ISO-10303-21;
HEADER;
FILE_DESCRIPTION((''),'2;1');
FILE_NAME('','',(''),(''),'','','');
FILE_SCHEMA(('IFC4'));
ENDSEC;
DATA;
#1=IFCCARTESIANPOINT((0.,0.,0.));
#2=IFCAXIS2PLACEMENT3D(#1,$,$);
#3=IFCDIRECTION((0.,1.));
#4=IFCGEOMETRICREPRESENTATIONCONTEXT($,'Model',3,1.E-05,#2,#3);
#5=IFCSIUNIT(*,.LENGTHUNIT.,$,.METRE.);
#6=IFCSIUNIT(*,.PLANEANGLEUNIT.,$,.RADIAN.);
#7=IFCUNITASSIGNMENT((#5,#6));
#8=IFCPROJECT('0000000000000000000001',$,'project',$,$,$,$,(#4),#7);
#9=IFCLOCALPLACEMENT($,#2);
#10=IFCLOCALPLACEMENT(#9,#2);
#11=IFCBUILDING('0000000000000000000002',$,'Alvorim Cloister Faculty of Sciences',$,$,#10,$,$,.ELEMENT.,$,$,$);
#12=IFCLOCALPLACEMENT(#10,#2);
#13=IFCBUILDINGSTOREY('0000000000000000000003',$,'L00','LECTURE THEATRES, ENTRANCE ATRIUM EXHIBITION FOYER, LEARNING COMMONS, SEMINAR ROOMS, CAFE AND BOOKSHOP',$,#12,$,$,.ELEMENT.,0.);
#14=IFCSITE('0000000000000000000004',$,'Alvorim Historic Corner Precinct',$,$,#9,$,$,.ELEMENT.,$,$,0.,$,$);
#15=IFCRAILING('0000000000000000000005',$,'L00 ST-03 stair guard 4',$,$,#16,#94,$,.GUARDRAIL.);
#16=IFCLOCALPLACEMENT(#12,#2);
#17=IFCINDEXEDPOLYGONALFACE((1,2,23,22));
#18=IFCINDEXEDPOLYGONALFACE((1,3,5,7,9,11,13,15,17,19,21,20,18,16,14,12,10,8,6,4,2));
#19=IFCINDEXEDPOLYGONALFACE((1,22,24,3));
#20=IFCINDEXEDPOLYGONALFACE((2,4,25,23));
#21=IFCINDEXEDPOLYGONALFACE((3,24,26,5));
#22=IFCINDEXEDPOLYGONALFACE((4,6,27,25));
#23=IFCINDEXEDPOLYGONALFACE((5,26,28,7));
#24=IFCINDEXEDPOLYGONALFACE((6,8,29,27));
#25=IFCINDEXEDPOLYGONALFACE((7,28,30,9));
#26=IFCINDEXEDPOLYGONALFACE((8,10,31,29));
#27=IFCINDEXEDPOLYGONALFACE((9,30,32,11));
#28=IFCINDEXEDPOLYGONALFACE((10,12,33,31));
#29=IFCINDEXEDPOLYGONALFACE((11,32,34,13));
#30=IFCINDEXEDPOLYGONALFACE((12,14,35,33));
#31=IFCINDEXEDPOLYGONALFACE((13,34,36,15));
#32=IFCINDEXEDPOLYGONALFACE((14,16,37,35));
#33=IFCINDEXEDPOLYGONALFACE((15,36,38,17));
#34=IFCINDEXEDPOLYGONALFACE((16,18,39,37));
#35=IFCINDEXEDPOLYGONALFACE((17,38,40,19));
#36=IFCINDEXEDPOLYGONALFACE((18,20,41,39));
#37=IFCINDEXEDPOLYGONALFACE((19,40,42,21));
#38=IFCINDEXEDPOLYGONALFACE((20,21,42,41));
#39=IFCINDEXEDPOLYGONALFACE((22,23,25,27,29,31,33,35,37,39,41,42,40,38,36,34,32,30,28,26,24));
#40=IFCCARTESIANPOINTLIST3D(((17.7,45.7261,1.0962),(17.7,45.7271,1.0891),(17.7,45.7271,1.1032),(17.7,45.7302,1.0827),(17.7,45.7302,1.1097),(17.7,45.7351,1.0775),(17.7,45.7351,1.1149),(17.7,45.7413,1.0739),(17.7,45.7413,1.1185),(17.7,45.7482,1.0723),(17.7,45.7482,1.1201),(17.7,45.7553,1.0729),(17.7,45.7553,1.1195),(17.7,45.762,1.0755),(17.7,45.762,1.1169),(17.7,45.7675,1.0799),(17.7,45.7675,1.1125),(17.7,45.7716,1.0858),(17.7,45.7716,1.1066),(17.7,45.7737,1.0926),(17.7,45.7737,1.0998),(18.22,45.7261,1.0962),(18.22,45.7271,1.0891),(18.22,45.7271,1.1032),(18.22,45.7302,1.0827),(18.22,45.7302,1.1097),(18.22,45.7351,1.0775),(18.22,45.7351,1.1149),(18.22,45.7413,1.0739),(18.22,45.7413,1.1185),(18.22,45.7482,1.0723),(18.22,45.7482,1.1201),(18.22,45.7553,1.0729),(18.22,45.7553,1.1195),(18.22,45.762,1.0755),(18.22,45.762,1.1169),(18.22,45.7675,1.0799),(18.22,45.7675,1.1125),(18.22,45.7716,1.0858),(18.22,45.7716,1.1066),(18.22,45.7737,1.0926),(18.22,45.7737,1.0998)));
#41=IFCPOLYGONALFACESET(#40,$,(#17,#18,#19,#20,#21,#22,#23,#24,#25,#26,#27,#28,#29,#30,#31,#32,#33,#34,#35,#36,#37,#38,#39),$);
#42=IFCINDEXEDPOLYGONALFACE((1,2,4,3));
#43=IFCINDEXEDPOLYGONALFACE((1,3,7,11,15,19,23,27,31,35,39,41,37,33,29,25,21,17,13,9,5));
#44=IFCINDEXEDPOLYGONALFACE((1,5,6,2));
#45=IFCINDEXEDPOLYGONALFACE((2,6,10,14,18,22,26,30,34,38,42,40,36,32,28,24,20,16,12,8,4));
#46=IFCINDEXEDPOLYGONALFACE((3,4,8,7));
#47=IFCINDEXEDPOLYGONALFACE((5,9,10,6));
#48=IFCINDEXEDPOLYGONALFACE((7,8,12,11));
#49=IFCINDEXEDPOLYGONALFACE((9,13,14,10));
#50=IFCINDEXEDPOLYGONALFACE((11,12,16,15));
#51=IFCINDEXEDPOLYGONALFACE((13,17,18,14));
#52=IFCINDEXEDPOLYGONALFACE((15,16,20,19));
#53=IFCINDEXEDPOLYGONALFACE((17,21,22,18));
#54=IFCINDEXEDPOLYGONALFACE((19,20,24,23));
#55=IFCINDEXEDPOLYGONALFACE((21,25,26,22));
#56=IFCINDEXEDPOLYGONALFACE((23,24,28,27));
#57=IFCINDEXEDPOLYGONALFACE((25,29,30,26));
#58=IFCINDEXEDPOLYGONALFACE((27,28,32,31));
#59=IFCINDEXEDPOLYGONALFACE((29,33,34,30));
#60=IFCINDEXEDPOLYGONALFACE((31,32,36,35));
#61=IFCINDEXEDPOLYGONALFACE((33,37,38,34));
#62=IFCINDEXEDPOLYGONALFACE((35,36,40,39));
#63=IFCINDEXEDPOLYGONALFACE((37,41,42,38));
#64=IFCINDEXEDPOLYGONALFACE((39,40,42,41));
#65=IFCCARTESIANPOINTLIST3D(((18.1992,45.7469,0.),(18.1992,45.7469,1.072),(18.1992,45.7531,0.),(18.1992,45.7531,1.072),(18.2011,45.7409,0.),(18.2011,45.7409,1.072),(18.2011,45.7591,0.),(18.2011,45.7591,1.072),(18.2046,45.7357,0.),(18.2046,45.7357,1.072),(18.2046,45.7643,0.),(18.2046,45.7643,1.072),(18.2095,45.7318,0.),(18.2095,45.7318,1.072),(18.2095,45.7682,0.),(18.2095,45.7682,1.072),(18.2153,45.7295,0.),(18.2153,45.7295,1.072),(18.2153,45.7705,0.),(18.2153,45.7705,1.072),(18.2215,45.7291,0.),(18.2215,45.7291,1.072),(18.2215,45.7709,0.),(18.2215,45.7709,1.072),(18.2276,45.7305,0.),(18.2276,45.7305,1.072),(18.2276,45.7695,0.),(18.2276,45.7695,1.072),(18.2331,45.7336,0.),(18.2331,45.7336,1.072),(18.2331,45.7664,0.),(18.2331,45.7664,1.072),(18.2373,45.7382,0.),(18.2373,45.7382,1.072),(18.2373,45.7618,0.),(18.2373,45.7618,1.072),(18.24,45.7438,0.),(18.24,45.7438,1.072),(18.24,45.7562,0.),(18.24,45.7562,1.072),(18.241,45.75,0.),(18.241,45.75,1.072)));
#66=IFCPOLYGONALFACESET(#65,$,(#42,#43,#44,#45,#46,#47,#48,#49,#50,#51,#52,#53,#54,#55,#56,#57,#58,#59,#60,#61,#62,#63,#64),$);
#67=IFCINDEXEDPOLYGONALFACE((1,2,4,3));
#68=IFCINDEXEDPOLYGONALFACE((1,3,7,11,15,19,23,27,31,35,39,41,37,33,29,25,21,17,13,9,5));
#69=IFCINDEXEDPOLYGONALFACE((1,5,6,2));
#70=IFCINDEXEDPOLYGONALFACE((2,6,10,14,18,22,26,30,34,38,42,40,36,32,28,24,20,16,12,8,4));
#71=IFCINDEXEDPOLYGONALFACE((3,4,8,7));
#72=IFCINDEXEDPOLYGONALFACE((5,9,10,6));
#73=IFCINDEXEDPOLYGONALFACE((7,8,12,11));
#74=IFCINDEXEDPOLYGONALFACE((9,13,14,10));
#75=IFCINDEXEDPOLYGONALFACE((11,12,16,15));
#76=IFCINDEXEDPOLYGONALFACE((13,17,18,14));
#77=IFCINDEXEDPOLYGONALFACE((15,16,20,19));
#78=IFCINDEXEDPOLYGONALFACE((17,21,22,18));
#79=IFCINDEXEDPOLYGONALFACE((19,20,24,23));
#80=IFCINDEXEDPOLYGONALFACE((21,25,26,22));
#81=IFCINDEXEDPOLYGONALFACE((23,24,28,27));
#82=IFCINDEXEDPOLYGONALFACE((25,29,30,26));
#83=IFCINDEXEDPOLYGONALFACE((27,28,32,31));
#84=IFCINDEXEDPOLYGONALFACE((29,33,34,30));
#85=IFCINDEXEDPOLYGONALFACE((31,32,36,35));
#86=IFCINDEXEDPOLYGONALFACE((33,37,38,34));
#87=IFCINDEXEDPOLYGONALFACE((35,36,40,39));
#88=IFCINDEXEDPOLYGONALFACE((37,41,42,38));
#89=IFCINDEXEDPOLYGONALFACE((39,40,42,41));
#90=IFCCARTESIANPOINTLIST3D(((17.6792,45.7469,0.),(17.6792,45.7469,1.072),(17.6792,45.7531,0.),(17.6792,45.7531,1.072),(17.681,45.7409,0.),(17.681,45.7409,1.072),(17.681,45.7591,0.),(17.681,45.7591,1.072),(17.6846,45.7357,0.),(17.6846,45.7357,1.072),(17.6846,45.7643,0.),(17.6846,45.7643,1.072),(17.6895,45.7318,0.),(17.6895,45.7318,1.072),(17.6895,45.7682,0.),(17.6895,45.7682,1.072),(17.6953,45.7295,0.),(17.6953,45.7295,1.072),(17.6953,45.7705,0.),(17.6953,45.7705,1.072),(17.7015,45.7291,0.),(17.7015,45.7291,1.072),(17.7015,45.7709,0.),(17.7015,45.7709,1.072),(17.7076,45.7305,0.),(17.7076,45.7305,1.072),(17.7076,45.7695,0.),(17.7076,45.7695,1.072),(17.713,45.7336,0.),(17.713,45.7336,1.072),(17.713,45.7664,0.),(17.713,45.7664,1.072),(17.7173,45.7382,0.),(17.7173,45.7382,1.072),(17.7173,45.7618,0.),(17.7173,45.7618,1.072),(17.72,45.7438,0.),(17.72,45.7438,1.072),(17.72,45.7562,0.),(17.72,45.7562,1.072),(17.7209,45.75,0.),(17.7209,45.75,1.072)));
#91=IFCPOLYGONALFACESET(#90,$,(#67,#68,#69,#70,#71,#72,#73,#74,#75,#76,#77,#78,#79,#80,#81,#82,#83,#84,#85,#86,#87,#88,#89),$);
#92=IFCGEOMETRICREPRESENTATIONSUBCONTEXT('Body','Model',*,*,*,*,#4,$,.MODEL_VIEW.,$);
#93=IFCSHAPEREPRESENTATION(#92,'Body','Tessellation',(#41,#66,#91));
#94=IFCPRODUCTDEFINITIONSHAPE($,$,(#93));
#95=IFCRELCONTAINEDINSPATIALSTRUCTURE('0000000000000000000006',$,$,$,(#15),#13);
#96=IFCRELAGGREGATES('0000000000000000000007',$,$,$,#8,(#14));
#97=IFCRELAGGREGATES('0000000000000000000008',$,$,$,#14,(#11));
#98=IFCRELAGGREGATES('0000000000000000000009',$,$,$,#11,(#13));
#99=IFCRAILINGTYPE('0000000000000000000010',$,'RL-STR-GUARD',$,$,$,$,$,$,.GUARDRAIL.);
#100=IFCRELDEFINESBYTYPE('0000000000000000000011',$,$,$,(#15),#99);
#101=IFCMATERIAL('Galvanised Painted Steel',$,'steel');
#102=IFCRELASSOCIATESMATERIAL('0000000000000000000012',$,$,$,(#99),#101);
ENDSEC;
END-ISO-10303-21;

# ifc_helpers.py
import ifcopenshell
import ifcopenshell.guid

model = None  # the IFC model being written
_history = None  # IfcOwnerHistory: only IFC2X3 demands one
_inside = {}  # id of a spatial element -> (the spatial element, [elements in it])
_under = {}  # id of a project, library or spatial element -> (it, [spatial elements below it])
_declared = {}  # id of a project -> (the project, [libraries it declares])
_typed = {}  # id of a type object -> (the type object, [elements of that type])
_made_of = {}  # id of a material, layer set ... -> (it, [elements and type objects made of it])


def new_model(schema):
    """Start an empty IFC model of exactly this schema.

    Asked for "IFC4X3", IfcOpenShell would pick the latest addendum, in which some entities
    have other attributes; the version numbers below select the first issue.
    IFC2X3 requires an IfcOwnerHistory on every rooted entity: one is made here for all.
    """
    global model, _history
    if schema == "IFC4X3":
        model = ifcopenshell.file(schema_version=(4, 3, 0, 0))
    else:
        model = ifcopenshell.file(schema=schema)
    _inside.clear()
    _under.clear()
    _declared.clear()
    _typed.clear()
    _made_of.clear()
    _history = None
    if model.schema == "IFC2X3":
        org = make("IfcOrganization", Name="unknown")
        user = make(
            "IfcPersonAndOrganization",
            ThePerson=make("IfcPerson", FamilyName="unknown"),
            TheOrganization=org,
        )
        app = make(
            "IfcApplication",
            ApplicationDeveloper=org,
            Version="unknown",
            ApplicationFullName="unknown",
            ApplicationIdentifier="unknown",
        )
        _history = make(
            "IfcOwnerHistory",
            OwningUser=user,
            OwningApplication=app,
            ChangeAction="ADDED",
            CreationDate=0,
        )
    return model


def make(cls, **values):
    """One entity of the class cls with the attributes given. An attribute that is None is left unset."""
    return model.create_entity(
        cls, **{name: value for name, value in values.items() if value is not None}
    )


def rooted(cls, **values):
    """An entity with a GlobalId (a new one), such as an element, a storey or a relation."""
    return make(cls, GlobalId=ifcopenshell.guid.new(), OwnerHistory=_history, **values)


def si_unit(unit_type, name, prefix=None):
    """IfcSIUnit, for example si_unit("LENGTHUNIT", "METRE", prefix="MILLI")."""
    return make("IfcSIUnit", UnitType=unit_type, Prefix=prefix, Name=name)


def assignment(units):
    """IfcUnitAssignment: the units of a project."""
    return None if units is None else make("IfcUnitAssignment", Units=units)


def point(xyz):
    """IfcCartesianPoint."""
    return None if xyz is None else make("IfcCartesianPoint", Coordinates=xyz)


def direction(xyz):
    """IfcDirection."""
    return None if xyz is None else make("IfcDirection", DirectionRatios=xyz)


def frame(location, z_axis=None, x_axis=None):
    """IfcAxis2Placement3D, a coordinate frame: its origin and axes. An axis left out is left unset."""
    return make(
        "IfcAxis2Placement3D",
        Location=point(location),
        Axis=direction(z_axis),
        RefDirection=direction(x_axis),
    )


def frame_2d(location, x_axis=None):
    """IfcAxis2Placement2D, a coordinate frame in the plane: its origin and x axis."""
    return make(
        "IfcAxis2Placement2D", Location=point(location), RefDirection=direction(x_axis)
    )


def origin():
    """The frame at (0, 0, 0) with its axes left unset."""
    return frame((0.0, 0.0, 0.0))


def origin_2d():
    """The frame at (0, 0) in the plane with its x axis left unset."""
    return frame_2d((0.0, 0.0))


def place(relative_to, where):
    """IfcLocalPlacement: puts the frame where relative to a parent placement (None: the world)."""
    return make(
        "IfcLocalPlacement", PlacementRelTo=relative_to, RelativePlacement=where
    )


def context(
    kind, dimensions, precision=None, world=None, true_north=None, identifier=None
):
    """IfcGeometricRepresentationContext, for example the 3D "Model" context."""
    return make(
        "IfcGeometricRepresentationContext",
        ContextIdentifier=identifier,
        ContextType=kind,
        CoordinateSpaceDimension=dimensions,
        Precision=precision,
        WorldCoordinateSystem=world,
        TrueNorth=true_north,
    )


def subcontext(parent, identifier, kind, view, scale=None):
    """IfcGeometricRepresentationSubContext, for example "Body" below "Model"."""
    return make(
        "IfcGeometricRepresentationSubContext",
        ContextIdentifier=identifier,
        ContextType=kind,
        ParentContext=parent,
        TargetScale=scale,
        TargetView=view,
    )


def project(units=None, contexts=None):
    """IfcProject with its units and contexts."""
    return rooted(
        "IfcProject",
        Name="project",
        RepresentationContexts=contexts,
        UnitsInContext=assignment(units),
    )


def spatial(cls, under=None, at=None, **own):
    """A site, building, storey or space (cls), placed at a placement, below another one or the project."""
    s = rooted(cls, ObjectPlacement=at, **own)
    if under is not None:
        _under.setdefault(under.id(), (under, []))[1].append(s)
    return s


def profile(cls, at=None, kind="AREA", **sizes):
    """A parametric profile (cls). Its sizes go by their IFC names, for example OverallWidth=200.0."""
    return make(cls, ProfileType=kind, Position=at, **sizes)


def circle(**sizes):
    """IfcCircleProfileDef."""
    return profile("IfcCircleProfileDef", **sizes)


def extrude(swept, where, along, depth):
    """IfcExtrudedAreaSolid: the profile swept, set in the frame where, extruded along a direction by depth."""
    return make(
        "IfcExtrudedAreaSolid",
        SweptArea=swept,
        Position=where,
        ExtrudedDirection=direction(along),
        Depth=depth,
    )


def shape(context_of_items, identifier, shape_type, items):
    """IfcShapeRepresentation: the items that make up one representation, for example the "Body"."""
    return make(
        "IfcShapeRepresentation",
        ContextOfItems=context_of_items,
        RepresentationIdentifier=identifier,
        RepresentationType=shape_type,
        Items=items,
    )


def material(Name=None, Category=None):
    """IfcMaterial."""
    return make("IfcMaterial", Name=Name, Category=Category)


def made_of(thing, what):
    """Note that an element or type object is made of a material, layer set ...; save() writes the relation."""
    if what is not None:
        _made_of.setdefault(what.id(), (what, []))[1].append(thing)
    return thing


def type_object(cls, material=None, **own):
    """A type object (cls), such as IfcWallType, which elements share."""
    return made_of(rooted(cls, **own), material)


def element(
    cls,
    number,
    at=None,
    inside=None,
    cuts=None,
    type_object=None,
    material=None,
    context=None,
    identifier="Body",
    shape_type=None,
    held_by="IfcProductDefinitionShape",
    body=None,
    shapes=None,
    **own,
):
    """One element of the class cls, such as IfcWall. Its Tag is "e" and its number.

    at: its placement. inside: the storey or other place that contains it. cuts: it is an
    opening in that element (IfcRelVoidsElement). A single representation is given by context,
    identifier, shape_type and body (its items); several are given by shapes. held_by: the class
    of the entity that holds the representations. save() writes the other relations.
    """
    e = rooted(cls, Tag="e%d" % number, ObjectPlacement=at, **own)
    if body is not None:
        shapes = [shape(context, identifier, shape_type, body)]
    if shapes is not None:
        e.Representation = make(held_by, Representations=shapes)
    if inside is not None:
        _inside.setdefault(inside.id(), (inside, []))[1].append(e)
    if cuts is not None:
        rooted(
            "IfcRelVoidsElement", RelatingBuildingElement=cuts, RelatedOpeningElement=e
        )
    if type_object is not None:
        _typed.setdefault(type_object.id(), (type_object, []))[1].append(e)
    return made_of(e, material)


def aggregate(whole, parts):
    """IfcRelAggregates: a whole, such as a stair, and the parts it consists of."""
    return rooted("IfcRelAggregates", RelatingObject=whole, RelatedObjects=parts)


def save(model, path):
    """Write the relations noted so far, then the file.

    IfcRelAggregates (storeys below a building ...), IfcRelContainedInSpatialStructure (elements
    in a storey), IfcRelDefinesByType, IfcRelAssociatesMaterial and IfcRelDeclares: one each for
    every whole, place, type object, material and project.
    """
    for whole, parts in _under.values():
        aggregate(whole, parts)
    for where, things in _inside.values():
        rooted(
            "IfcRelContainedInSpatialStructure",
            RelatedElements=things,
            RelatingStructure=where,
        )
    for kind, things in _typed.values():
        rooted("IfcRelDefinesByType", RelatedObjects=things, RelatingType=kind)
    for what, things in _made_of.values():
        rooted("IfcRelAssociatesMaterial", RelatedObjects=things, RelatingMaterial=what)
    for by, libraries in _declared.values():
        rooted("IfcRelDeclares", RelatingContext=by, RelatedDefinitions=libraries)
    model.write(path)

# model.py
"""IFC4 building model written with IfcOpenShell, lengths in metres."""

from ifc_helpers import new_model, si_unit, direction, frame, origin, origin_2d, place, context, subcontext, project, spatial, circle, extrude, material, type_object, element, save


model = new_model("IFC4")

# Units and contexts
model_context = context("Model", 3, precision=1e-05, world=origin(), true_north=direction((0.0, 1.0)))
body_context = subcontext(model_context, "Body", "Model", "MODEL_VIEW")
ifc_project = project(units=[si_unit("LENGTHUNIT", "METRE"), si_unit("PLANEANGLEUNIT", "RADIAN")], contexts=[model_context])

# Site, building, storey
site_placement = place(None, origin())
site = spatial("IfcSite", under=ifc_project, at=site_placement, Name="Alvorim Historic Corner Precinct", CompositionType="ELEMENT", RefElevation=0.0)
building_placement = place(site_placement, origin())
building = spatial("IfcBuilding", under=site, at=building_placement, Name="Alvorim Cloister Faculty of Sciences", CompositionType="ELEMENT")
storey_placement = place(building_placement, origin())
storey = spatial("IfcBuildingStorey", under=building, at=storey_placement, Name="L00", Description="LECTURE THEATRES, ENTRANCE ATRIUM EXHIBITION FOYER, LEARNING COMMONS, SEMINAR ROOMS, CAFE AND BOOKSHOP", CompositionType="ELEMENT", Elevation=0.0)

# Railing
ifc_material_1 = material(Name="Galvanised Painted Steel", Category="steel")
railing_type = type_object("IfcRailingType", Name="RL-STR-GUARD", PredefinedType="GUARDRAIL", material=ifc_material_1)
railing_1_placement = place(storey_placement, frame((18.22, 45.75, 0.0)))
element("IfcRailing", 1, at=railing_1_placement, inside=storey, type_object=railing_type, Name="L00 ST-03 stair guard 4", PredefinedType="GUARDRAIL", context=body_context, shape_type="SweptSolid", body=[
    extrude(circle(Radius=0.0239, at=origin_2d()), frame((0.0, 0.0, 1.0962), z_axis=(-1.0, 0.0, 0.0), x_axis=(0.0, -1.0, 0.0)), (0.0, 0.0, 1.0), 0.52),
    extrude(circle(Radius=0.021, at=origin_2d()), origin(), (0.0, 0.0, 1.0), 1.072),
    extrude(circle(Radius=0.021, at=origin_2d()), frame((-0.52, 0.0, 0.0)), (0.0, 0.0, 1.0), 1.072),
])

save(model, "model.ifc")
